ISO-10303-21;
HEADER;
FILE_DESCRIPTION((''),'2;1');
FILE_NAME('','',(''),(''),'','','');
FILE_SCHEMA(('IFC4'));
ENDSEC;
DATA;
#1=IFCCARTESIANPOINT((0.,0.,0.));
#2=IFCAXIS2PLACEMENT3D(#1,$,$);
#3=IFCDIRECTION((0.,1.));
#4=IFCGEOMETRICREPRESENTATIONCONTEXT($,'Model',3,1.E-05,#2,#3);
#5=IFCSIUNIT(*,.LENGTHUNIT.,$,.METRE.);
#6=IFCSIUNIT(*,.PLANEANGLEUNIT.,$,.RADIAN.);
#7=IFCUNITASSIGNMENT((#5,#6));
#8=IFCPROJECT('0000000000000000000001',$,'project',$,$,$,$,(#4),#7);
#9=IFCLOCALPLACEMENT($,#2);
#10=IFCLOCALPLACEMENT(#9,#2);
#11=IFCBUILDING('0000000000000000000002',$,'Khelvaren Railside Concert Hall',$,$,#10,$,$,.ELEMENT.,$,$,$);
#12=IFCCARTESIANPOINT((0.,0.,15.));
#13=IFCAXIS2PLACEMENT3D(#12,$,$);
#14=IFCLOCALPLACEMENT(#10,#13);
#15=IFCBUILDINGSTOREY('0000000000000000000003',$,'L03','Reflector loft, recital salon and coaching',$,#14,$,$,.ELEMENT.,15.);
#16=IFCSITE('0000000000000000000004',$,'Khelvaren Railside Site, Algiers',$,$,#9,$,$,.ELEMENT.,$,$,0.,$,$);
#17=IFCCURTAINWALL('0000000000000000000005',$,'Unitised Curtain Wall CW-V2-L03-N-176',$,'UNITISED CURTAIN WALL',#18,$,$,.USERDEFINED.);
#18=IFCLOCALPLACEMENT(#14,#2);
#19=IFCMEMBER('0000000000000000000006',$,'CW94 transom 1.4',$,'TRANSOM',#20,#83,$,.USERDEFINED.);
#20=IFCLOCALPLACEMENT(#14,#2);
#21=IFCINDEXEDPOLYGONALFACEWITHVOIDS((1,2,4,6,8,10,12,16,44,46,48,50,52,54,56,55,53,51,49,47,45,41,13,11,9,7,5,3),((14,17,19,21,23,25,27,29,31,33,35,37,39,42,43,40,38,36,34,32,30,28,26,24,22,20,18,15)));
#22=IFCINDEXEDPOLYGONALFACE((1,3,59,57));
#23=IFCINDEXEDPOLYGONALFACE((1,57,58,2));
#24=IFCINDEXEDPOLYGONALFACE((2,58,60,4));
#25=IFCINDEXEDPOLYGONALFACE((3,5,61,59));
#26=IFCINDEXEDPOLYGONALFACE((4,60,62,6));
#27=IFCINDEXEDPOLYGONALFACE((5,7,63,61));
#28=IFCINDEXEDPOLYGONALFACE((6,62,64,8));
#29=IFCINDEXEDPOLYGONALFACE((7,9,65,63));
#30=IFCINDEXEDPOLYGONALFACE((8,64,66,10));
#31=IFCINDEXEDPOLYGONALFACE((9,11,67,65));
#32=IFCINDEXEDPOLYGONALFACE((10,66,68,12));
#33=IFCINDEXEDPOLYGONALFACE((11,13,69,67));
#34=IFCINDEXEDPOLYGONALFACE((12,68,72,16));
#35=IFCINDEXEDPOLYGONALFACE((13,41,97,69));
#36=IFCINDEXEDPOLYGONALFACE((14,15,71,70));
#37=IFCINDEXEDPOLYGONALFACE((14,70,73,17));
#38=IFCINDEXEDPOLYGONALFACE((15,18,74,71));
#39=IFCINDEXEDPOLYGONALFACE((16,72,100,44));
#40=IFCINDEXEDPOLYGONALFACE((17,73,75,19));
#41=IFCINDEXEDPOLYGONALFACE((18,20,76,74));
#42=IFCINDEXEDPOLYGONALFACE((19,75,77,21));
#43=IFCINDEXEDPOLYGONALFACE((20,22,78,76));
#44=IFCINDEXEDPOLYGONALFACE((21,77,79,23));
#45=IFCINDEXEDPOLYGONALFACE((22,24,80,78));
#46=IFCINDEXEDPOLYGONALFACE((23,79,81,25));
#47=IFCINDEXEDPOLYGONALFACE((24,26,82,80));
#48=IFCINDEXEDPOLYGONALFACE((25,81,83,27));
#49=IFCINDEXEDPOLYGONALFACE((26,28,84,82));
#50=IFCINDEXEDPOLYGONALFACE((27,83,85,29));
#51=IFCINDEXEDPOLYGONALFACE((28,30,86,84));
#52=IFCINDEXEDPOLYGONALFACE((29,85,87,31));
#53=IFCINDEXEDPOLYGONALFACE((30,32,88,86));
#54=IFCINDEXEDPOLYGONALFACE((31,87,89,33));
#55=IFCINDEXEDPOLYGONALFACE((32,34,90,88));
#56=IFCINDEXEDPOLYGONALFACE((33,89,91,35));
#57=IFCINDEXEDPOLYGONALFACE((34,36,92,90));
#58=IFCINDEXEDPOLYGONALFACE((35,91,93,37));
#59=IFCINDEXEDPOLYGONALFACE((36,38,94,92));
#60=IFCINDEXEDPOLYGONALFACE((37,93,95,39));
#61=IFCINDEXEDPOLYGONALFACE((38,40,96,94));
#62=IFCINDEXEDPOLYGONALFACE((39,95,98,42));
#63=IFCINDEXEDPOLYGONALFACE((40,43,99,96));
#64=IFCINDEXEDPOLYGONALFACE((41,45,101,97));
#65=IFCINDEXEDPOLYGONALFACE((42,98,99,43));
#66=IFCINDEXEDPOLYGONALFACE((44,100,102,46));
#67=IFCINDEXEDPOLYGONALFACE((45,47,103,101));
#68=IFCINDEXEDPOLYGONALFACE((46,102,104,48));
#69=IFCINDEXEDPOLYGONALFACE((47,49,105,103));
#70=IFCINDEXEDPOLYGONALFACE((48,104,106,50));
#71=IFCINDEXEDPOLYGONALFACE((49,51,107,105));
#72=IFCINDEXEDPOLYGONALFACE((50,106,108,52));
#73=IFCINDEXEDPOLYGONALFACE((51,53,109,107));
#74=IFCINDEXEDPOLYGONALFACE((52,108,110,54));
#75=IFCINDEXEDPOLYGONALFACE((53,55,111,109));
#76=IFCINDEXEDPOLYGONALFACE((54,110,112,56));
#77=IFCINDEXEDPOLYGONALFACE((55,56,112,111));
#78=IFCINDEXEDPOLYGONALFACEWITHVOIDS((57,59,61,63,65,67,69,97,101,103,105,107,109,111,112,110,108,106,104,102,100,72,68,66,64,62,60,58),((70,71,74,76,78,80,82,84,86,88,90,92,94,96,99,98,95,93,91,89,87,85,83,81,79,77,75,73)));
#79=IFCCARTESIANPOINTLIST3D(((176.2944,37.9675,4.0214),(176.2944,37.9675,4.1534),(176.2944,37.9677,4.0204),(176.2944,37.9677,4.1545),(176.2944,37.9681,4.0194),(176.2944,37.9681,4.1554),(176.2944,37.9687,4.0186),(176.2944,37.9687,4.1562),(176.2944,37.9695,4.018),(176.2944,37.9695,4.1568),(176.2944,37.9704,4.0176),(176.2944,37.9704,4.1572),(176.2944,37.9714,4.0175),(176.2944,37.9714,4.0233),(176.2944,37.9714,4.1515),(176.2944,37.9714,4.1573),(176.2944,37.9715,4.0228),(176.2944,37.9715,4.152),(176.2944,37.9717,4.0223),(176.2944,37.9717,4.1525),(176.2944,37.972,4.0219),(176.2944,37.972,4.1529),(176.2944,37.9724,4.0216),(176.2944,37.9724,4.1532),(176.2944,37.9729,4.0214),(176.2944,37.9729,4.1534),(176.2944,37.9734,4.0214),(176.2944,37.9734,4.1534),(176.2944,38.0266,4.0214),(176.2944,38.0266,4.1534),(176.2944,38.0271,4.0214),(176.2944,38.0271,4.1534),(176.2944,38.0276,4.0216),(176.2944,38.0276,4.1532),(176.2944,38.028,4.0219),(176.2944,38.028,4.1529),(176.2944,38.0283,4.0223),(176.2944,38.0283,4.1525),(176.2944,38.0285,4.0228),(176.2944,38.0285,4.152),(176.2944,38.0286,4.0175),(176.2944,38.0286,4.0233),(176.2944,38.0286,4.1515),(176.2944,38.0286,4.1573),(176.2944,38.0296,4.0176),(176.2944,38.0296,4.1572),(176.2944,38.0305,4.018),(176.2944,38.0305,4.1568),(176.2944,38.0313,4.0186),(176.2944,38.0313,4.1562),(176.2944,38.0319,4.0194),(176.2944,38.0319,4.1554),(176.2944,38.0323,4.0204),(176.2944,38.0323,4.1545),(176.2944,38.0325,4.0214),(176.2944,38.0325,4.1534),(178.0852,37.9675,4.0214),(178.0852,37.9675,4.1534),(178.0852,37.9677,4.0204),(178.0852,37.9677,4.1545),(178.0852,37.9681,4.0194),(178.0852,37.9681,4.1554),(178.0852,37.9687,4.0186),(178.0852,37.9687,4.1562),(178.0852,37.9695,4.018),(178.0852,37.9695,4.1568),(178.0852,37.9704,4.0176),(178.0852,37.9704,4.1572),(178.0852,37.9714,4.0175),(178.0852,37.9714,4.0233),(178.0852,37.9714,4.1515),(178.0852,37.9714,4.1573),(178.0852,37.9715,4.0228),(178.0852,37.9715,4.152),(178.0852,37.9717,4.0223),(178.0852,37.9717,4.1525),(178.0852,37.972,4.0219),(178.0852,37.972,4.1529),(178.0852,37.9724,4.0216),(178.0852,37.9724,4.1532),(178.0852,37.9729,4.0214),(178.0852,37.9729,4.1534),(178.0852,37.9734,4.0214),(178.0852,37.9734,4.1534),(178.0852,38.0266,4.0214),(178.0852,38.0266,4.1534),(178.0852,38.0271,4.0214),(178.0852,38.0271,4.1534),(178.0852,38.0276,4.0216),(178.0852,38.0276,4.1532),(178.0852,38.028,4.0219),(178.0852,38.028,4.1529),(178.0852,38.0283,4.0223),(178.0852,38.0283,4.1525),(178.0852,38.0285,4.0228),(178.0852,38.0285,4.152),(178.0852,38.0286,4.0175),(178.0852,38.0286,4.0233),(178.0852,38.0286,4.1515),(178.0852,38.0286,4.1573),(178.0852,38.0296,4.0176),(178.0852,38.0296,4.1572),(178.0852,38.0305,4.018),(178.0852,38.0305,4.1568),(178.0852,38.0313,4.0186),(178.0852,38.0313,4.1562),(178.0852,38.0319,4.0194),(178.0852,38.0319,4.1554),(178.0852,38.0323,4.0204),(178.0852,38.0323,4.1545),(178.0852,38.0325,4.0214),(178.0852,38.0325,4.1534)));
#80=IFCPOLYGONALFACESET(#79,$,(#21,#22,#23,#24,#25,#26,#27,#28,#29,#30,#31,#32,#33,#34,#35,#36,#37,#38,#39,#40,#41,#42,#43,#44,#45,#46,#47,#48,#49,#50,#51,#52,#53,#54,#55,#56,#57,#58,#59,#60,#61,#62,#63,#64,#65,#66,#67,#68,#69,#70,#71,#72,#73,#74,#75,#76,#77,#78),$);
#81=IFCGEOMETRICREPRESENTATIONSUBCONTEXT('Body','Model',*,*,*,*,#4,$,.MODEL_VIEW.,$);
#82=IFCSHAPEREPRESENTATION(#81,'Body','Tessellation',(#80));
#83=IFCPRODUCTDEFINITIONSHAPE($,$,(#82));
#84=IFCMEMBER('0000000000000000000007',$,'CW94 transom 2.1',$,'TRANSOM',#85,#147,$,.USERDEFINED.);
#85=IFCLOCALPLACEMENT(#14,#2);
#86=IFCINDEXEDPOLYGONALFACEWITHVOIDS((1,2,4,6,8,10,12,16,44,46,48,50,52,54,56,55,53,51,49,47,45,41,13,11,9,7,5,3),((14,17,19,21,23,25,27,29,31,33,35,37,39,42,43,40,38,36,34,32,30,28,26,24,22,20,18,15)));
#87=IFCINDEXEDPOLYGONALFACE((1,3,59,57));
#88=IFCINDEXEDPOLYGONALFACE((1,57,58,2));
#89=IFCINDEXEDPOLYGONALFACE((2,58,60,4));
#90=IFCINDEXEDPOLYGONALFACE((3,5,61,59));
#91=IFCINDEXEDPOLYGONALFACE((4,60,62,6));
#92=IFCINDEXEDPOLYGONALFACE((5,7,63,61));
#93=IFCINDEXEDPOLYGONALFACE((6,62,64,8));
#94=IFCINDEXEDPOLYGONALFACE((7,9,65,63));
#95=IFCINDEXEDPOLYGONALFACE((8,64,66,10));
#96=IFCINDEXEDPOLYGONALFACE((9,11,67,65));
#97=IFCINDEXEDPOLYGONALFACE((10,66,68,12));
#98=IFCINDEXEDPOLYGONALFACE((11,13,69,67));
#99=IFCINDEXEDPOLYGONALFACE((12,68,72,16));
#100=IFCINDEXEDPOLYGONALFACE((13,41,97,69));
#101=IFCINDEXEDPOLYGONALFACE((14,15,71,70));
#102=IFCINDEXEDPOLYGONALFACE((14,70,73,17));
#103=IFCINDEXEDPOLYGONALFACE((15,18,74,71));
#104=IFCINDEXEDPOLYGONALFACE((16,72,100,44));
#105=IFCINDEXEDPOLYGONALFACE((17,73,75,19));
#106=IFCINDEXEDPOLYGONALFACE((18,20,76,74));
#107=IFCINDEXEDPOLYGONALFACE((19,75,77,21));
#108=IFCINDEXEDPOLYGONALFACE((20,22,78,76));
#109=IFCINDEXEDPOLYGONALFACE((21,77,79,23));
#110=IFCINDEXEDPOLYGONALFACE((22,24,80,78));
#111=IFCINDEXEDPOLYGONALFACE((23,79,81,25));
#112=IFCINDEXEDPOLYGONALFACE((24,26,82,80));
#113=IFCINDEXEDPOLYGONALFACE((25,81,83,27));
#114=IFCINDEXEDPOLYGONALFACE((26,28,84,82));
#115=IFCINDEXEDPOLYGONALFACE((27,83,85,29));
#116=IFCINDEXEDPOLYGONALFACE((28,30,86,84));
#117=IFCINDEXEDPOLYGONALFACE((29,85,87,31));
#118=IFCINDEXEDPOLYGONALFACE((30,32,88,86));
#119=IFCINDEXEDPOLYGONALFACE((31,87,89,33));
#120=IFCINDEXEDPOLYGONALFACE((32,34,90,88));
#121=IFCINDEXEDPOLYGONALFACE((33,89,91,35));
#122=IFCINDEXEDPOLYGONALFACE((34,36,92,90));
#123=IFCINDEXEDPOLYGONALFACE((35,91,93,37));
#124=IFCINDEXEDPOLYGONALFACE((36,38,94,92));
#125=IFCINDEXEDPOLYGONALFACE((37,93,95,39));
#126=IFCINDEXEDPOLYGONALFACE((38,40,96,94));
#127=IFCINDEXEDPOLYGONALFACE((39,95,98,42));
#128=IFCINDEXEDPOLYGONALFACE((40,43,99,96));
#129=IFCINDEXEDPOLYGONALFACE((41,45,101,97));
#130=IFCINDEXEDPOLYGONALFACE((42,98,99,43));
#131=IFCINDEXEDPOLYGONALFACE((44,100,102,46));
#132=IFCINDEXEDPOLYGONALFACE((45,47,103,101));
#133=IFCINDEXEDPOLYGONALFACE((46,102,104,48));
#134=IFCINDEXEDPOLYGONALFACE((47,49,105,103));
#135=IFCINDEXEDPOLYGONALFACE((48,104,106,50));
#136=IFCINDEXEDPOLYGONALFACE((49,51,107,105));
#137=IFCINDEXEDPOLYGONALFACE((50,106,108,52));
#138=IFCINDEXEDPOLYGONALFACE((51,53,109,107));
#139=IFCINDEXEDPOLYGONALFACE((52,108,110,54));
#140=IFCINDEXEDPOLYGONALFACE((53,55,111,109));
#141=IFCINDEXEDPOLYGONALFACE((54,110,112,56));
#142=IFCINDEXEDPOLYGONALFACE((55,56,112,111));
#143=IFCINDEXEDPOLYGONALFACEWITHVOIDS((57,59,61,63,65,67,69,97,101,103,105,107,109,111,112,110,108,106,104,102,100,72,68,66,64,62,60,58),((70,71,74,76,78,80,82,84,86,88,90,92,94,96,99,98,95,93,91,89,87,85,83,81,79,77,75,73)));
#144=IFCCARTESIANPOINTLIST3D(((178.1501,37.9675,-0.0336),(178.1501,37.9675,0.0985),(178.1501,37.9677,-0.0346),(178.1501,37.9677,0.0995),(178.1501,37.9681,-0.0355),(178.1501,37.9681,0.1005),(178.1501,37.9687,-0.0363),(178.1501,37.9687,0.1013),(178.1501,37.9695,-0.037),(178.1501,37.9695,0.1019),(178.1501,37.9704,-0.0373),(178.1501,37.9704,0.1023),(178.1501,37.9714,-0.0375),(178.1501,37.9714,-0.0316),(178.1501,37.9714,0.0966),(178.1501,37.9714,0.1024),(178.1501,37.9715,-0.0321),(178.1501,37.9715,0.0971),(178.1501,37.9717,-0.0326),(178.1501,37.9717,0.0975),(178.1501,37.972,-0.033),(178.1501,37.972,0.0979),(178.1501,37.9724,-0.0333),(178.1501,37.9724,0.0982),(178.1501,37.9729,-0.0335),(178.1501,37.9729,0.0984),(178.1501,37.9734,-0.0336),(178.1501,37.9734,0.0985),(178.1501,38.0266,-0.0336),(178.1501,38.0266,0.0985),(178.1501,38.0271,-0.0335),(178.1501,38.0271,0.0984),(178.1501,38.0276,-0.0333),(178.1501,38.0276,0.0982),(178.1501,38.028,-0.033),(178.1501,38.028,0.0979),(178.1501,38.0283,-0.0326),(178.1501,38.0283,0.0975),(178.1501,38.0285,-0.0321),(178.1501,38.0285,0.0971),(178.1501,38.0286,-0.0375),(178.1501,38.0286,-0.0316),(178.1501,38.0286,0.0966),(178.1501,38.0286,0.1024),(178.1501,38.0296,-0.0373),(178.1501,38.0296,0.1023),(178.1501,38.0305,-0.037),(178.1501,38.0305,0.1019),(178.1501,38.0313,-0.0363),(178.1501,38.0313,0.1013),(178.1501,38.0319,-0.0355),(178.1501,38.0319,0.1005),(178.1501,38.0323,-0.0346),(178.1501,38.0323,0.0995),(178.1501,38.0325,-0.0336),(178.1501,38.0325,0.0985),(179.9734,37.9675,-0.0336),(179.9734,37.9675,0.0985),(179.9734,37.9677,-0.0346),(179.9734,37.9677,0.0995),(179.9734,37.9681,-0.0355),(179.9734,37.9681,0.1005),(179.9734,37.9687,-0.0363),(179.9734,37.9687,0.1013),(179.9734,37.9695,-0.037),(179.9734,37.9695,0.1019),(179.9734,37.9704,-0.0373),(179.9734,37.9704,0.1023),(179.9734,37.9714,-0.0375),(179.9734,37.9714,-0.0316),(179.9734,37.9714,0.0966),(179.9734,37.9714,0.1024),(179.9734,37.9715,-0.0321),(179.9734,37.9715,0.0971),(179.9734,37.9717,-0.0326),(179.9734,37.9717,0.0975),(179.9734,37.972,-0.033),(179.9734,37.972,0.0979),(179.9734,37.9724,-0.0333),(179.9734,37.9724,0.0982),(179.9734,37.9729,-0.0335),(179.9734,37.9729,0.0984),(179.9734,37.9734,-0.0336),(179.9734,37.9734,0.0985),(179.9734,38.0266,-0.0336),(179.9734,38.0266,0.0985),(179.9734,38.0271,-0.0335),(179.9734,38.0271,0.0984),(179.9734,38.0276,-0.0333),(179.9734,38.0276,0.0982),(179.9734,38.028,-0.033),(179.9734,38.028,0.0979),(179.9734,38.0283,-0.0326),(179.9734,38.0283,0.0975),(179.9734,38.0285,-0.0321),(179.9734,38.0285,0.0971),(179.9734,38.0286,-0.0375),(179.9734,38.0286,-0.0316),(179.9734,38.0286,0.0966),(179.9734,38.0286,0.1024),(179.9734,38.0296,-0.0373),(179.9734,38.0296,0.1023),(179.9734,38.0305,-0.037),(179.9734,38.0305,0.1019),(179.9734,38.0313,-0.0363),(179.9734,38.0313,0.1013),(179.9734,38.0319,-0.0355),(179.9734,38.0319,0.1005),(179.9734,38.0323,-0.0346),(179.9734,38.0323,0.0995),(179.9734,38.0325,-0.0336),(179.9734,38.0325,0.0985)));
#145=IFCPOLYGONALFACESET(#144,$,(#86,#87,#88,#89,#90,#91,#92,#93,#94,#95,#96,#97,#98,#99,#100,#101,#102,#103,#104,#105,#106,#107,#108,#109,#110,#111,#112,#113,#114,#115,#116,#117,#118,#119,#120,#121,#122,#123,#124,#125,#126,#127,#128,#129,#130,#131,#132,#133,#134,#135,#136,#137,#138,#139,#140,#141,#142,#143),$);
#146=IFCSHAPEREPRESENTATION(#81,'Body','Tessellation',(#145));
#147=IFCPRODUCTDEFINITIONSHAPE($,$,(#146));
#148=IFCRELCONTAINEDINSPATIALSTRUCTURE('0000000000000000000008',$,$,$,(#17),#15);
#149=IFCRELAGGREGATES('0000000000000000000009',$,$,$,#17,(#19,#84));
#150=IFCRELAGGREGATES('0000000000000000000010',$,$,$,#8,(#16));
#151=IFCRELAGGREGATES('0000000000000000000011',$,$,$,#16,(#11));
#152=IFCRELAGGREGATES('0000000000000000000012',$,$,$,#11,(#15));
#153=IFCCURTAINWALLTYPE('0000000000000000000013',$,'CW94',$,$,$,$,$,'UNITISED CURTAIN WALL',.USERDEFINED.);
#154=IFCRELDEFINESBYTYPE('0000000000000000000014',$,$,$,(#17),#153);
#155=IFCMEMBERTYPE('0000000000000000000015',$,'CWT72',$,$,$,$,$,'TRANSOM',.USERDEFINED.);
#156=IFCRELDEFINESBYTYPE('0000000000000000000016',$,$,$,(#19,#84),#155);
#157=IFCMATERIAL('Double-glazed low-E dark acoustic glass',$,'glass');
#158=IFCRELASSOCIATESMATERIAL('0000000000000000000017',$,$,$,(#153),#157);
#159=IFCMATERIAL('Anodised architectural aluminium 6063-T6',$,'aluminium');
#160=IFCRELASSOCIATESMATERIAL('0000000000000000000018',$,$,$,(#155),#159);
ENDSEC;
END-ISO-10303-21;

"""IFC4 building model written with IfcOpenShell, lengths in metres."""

from ifc_helpers import new_model, si_unit, direction, frame, origin, origin_2d, place, context, subcontext, project, spatial, hollow_rectangle, extrude, material, material_profile, profile_set, type_object, element, aggregate, save


model = new_model("IFC4")

# Units and contexts
model_context = context("Model", 3, precision=1e-05, world=origin(), true_north=direction((0.0, 1.0)))
body_context = subcontext(model_context, "Body", "Model", "MODEL_VIEW")
ifc_project = project(units=[si_unit("LENGTHUNIT", "METRE"), si_unit("PLANEANGLEUNIT", "RADIAN")], contexts=[model_context])

# Site, building, storey
site_placement = place(None, origin())
site = spatial("IfcSite", under=ifc_project, at=site_placement, Name="Khelvaren Railside Site, Algiers", CompositionType="ELEMENT", RefElevation=0.0)
building_placement = place(site_placement, origin())
building = spatial("IfcBuilding", under=site, at=building_placement, Name="Khelvaren Railside Concert Hall", CompositionType="ELEMENT")
storey_placement = place(building_placement, frame((0.0, 0.0, 15.0)))
storey = spatial("IfcBuildingStorey", under=building, at=storey_placement, Name="L03", Description="Reflector loft, recital salon and coaching", CompositionType="ELEMENT", Elevation=15.0)

# Shared definitions
ifc_material_1 = material(Name="Double-glazed low-E dark acoustic glass", Category="glass")
ifc_material_2 = material(Name="Anodised architectural aluminium 6063-T6", Category="aluminium")

# Curtain wall, members
curtain_wall_type_1 = type_object("IfcCurtainWallType", Name="CW94", ElementType="UNITISED CURTAIN WALL", PredefinedType="USERDEFINED", material=ifc_material_1)
curtain_wall_1_placement = place(storey_placement, origin())
curtain_wall_1 = element("IfcCurtainWall", 1, at=curtain_wall_1_placement, inside=storey, type_object=curtain_wall_type_1, Name="Unitised Curtain Wall CW-V2-L03-N-176", ObjectType="UNITISED CURTAIN WALL", PredefinedType="USERDEFINED")
ifc_material_profile_1 = material_profile(ifc_material_2, hollow_rectangle(XDim=0.0649, YDim=0.1399, WallThickness=0.0039, InnerFilletRadius=0.002, OuterFilletRadius=0.0039, at=origin_2d()), Name="CWT 65x140x4")
ifc_profile_set_1 = profile_set([ifc_material_profile_1], Name="Anodised architectural aluminium 6063-T6")
member_type_1 = type_object("IfcMemberType", Name="CWT72", ElementType="TRANSOM", PredefinedType="USERDEFINED", material=ifc_profile_set_1)
member_1_placement = place(storey_placement, frame((176.2944, 38.0, 4.0874), z_axis=(1.0, 0.0, 0.0), x_axis=(0.0, 1.0, 0.0)))
member_1 = element("IfcMember", 2, at=member_1_placement, type_object=member_type_1, Name="CW94 transom 1.4", ObjectType="TRANSOM", PredefinedType="USERDEFINED", context=body_context, shape_type="SweptSolid", body=[
    extrude(hollow_rectangle(XDim=0.0649, YDim=0.1399, WallThickness=0.0039, InnerFilletRadius=0.002, OuterFilletRadius=0.0039, at=origin_2d()), origin(), (0.0, 0.0, 1.0), 1.7908),
])
member_2_placement = place(storey_placement, frame((178.1501, 38.0, 0.0325), z_axis=(1.0, 0.0, 0.0), x_axis=(0.0, 1.0, 0.0)))
member_2 = element("IfcMember", 3, at=member_2_placement, type_object=member_type_1, Name="CW94 transom 2.1", ObjectType="TRANSOM", PredefinedType="USERDEFINED", context=body_context, shape_type="SweptSolid", body=[
    extrude(hollow_rectangle(XDim=0.0649, YDim=0.1399, WallThickness=0.0039, InnerFilletRadius=0.002, OuterFilletRadius=0.0039, at=origin_2d()), origin(), (0.0, 0.0, 1.0), 1.8232),
])

aggregate(curtain_wall_1, [member_1, member_2])

save(model, "model.ifc")
